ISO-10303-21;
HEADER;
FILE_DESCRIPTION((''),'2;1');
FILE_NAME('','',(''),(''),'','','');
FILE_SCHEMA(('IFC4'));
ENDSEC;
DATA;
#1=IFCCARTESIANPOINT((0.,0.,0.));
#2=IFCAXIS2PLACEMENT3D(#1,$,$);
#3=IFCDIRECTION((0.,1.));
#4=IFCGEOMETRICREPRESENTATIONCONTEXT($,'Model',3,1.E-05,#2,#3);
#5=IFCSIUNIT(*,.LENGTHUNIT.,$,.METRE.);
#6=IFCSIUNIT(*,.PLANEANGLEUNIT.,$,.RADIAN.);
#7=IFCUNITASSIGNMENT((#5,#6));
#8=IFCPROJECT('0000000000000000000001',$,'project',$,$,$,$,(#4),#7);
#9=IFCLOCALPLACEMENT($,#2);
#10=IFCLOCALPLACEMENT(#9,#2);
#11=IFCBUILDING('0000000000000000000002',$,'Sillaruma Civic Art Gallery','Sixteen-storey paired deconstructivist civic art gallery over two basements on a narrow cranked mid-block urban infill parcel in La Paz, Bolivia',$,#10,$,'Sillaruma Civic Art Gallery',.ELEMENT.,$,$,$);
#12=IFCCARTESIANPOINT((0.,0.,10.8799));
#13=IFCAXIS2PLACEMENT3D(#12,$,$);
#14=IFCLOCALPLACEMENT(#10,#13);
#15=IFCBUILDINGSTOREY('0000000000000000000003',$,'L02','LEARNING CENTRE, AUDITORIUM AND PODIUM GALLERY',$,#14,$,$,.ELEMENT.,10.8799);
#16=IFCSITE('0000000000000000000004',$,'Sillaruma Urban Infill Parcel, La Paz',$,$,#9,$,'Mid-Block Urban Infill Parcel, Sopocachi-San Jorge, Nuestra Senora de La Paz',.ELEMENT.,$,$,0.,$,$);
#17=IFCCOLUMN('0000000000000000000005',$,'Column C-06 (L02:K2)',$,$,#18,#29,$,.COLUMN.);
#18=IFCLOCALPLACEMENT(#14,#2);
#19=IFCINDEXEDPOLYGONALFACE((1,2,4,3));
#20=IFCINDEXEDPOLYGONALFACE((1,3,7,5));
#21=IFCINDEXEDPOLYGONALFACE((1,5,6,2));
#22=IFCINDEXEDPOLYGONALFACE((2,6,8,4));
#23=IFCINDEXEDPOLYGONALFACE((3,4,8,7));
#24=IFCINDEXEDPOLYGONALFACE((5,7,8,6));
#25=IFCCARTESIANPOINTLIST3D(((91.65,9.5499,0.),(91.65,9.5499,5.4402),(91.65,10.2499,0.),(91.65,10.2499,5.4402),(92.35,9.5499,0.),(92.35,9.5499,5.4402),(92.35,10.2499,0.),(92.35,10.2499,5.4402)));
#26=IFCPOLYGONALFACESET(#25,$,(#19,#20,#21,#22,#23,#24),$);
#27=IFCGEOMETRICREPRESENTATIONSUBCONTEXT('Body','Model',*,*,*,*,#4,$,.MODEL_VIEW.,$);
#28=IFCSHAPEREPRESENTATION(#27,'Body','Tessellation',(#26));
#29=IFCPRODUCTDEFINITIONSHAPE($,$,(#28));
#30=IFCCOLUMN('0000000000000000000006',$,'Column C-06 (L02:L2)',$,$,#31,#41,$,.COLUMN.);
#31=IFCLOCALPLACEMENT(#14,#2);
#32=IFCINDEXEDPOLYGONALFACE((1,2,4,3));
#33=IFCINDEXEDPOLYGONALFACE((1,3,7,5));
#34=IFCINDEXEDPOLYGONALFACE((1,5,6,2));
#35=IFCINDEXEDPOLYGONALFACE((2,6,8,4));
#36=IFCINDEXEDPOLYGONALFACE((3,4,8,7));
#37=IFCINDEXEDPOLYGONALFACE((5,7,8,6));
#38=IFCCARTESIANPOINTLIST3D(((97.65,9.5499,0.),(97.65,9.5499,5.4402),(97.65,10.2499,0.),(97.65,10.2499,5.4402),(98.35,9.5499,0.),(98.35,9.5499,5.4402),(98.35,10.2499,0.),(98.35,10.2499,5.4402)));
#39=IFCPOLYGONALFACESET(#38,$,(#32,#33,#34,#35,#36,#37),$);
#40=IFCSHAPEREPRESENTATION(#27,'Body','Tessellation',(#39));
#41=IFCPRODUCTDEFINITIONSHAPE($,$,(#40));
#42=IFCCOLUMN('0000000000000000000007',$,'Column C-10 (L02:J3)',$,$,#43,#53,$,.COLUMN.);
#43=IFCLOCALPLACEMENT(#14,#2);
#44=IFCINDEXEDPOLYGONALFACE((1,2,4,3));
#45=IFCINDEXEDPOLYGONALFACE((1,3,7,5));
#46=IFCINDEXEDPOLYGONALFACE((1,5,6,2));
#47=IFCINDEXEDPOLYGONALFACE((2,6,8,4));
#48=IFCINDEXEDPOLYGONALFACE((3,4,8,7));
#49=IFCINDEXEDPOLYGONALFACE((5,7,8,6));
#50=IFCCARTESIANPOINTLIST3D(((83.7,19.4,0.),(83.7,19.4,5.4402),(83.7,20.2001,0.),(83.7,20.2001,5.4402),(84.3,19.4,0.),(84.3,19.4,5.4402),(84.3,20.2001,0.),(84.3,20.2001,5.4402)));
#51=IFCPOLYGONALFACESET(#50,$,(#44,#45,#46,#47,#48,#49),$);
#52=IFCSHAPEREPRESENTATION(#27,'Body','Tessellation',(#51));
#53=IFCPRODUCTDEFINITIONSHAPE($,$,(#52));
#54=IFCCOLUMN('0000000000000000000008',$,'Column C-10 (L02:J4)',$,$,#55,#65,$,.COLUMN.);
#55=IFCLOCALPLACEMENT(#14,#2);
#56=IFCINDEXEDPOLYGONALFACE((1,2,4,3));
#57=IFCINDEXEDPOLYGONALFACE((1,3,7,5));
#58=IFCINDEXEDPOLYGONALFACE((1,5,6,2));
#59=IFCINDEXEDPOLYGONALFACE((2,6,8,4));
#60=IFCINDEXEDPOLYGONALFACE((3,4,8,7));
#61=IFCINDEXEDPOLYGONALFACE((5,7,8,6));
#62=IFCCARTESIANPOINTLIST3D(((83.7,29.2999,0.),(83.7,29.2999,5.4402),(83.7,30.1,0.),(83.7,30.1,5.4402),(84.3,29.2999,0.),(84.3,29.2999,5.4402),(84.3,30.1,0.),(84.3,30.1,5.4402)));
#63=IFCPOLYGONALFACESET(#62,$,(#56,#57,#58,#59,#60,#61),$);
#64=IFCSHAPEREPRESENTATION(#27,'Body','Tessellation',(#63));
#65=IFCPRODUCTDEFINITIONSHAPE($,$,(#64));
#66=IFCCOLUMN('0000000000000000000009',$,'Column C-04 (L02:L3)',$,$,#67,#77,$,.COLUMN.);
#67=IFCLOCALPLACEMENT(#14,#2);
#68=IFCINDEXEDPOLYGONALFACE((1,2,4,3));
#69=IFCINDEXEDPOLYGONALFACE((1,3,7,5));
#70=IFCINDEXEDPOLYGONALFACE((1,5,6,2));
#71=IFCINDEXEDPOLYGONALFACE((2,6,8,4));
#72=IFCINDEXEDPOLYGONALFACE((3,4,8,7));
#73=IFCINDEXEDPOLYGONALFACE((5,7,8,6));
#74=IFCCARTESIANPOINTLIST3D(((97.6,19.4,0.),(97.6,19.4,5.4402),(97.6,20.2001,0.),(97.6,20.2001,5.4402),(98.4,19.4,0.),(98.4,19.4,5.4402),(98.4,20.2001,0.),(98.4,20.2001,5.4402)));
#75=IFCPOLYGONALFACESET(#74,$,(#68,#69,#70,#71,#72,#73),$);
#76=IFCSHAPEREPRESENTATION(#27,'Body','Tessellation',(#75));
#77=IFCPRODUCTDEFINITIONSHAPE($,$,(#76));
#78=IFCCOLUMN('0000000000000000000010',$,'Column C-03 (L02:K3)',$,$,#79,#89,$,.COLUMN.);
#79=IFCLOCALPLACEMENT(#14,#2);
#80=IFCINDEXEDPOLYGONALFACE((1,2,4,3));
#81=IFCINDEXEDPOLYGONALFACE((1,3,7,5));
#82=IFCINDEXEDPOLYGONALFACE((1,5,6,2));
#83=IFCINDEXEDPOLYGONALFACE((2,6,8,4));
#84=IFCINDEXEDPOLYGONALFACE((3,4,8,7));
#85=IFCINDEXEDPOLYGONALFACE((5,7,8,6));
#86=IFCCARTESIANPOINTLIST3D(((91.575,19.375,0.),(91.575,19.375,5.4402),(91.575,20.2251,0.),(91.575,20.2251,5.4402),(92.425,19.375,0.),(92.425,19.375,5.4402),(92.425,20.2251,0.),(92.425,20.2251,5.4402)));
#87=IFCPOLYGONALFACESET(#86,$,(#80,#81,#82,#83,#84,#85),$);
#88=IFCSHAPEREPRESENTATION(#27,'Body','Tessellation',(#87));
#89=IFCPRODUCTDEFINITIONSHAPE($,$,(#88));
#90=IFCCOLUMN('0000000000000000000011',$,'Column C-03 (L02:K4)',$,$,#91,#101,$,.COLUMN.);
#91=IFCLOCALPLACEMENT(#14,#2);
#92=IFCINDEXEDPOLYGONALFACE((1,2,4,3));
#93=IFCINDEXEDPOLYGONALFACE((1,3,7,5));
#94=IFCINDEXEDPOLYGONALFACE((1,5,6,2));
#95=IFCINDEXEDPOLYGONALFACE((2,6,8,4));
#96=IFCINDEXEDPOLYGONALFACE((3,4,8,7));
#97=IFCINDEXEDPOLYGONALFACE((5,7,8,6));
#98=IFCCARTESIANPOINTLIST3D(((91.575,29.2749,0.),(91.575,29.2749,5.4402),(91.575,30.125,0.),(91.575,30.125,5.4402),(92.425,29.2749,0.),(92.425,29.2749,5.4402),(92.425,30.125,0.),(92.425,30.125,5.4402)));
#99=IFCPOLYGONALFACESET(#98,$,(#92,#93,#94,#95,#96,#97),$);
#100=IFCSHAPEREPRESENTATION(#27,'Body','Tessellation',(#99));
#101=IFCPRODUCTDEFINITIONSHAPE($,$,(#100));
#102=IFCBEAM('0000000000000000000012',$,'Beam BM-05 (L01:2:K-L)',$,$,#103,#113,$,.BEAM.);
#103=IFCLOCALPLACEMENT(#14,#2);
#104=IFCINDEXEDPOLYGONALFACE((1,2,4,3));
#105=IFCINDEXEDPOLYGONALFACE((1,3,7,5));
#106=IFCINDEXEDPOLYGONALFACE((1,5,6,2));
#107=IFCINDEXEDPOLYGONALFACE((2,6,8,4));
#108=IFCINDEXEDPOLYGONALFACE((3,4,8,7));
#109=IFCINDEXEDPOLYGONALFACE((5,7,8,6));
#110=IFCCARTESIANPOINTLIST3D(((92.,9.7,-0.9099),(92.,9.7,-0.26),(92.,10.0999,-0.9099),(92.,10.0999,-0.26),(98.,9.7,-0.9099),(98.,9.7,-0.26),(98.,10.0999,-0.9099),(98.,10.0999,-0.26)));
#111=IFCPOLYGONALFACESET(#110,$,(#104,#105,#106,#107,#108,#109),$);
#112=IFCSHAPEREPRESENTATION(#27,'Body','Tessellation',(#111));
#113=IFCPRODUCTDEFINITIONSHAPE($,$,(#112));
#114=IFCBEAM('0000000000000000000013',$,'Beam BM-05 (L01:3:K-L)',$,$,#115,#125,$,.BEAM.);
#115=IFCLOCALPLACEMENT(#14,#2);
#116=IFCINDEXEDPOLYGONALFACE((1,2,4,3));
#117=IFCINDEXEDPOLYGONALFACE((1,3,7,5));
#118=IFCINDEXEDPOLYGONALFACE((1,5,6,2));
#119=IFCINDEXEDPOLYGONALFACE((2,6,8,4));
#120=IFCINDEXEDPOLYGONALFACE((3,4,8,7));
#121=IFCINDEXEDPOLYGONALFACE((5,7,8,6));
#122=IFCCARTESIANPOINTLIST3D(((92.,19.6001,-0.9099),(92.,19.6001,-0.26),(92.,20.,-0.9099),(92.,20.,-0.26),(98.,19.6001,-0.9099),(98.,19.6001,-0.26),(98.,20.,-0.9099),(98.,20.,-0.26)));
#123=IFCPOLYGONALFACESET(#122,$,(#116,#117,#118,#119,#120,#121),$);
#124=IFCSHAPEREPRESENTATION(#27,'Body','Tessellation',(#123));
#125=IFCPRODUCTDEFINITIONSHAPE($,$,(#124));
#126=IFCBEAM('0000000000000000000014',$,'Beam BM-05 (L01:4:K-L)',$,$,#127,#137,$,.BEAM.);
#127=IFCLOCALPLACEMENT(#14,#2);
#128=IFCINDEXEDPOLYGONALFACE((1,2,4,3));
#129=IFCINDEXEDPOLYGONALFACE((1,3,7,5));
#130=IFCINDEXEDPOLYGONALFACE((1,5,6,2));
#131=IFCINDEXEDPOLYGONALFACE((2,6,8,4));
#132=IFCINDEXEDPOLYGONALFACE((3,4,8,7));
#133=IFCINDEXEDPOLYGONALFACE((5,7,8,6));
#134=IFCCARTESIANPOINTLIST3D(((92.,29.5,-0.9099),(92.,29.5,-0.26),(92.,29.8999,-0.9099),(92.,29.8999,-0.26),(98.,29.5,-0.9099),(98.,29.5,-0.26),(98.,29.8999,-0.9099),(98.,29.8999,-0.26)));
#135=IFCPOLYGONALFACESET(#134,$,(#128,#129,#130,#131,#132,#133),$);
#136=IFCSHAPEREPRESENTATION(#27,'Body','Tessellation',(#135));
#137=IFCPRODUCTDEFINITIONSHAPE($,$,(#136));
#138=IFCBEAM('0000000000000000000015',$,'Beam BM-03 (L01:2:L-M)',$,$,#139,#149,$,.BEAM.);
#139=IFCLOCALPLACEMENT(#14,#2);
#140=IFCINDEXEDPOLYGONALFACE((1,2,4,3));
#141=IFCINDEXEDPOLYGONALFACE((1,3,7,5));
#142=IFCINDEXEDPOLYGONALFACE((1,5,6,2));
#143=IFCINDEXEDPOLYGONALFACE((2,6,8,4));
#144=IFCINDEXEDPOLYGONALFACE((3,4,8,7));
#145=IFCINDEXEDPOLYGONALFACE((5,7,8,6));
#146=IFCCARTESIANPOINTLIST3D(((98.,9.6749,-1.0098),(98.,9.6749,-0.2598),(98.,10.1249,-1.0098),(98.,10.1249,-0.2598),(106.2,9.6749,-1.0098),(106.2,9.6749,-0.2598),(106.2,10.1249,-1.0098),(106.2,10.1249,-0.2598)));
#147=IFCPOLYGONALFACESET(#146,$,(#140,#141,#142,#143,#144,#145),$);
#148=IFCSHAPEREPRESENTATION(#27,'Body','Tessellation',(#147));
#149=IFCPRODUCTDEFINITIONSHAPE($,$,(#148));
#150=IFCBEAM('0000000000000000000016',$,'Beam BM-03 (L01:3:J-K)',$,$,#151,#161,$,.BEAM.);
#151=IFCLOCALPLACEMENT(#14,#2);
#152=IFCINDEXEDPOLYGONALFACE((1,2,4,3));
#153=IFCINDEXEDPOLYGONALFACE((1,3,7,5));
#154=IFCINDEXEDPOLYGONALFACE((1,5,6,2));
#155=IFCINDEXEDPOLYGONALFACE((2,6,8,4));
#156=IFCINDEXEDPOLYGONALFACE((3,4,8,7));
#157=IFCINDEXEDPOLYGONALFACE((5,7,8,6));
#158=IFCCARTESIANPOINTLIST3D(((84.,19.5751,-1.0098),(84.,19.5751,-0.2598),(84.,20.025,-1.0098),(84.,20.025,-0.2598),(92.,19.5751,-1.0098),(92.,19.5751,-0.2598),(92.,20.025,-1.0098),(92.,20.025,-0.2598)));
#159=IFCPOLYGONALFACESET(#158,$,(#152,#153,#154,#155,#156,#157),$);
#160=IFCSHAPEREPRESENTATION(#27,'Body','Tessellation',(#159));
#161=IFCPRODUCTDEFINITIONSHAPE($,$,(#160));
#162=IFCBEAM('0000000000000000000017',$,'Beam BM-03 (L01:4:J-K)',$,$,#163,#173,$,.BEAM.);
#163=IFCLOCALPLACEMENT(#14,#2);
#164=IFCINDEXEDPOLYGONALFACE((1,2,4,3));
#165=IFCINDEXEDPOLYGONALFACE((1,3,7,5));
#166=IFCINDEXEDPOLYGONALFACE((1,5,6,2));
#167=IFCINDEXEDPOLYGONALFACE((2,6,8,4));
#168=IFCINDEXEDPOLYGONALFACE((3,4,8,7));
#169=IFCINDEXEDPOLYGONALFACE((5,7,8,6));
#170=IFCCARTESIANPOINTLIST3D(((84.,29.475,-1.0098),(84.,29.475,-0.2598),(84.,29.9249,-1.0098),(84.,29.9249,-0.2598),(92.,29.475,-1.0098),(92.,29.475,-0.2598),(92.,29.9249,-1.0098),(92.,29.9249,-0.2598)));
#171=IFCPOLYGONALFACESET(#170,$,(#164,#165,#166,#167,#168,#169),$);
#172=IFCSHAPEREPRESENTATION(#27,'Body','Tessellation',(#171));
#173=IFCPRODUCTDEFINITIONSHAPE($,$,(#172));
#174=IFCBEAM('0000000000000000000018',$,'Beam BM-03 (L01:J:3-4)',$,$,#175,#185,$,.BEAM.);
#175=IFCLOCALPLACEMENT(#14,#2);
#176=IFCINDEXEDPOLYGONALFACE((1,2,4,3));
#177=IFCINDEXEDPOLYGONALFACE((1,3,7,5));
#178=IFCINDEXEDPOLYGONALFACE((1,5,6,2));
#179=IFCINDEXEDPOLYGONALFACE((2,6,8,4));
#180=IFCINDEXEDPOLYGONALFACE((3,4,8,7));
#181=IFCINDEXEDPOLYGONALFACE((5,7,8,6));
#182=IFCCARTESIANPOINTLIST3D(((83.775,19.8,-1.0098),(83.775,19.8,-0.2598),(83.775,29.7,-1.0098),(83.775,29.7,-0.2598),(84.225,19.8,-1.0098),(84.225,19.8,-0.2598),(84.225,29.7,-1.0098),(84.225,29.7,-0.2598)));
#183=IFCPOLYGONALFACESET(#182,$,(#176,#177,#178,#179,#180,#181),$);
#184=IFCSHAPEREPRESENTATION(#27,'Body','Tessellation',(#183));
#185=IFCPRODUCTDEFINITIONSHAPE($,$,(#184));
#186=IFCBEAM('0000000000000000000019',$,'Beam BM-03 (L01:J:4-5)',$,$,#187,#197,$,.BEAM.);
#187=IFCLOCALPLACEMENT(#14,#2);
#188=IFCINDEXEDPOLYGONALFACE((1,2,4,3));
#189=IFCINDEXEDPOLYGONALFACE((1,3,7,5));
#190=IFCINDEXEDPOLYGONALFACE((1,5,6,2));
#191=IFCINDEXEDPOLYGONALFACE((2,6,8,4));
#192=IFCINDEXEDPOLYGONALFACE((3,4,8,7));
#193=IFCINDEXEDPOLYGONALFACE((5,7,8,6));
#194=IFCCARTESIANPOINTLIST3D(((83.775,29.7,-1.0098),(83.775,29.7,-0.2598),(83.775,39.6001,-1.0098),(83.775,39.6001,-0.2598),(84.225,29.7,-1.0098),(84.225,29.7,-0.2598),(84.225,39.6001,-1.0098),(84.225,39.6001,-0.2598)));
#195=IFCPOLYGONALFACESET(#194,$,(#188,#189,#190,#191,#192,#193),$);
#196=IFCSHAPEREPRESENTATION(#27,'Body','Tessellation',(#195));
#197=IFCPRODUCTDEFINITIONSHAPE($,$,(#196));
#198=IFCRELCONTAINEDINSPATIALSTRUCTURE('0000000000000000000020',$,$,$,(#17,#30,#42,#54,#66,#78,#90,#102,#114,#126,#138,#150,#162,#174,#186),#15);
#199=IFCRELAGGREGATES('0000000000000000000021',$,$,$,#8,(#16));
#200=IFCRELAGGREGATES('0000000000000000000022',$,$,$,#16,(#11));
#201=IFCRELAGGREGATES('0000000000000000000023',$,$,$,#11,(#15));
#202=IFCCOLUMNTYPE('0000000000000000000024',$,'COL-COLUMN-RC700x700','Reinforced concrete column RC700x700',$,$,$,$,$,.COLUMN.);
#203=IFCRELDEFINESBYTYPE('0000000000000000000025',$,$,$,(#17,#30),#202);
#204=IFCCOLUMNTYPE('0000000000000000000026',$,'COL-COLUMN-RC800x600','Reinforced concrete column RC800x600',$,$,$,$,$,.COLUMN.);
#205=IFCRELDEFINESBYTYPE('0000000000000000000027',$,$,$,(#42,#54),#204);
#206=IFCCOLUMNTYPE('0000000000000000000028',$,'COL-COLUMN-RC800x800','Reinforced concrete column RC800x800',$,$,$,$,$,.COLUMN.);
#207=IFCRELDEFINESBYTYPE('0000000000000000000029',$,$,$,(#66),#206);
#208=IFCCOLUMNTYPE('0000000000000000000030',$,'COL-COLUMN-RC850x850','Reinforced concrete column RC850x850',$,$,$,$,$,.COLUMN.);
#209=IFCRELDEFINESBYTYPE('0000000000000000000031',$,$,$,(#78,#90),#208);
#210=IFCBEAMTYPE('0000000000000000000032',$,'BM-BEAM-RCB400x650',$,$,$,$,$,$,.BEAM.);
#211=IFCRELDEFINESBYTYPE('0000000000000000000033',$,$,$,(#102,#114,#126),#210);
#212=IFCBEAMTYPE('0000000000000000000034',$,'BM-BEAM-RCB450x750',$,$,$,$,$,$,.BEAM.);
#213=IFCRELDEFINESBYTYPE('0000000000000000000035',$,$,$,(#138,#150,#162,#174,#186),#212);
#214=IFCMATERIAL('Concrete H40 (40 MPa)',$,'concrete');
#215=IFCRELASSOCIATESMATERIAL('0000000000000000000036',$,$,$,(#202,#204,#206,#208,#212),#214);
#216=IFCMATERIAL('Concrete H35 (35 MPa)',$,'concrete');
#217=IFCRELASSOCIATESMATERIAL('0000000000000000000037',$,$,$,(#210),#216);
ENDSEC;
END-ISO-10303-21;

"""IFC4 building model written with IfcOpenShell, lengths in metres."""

from ifc_helpers import new_model, si_unit, direction, frame, origin, origin_2d, place, context, subcontext, project, spatial, rectangle, extrude, material, material_profile, profile_set, type_object, element, save


model = new_model("IFC4")

# Units and contexts
model_context = context("Model", 3, precision=1e-05, world=origin(), true_north=direction((0.0, 1.0)))
body_context = subcontext(model_context, "Body", "Model", "MODEL_VIEW")
ifc_project = project(units=[si_unit("LENGTHUNIT", "METRE"), si_unit("PLANEANGLEUNIT", "RADIAN")], contexts=[model_context])

# Site, building, storey
site_placement = place(None, origin())
site = spatial("IfcSite", under=ifc_project, at=site_placement, Name="Sillaruma Urban Infill Parcel, La Paz", LongName="Mid-Block Urban Infill Parcel, Sopocachi-San Jorge, Nuestra Senora de La Paz", CompositionType="ELEMENT", RefElevation=0.0)
building_placement = place(site_placement, origin())
building = spatial("IfcBuilding", under=site, at=building_placement, Name="Sillaruma Civic Art Gallery", Description="Sixteen-storey paired deconstructivist civic art gallery over two basements on a narrow cranked mid-block urban infill parcel in La Paz, Bolivia", LongName="Sillaruma Civic Art Gallery", CompositionType="ELEMENT")
storey_placement = place(building_placement, frame((0.0, 0.0, 10.8799)))
storey = spatial("IfcBuildingStorey", under=building, at=storey_placement, Name="L02", Description="LEARNING CENTRE, AUDITORIUM AND PODIUM GALLERY", CompositionType="ELEMENT", Elevation=10.8799)

# Columns
ifc_material_1 = material(Name="Concrete H40 (40 MPa)", Category="concrete")
ifc_material_profile_1 = material_profile(ifc_material_1, rectangle(XDim=0.7, YDim=0.7, at=origin_2d()), Name="RC700x700")
ifc_profile_set_1 = profile_set([ifc_material_profile_1], Name="Concrete H40 (40 MPa)")
column_type_1 = type_object("IfcColumnType", Name="COL-COLUMN-RC700x700", Description="Reinforced concrete column RC700x700", PredefinedType="COLUMN", material=ifc_profile_set_1)
for number, where, z_axis, x_axis, name in (
    (1, (92.0, 9.8999, 0.0), (0.0, 0.0, 1.0), (1.0, 0.0, 0.0), "Column C-06 (L02:K2)"),
    (2, (98.0, 9.8999, 0.0), (0.0, 0.0, 1.0), (1.0, 0.0, 0.0), "Column C-06 (L02:L2)"),
):
    element("IfcColumn", number, at=place(storey_placement, frame(where, z_axis=z_axis, x_axis=x_axis)), inside=storey, type_object=column_type_1, Name=name, PredefinedType="COLUMN", context=body_context, shape_type="SweptSolid", body=[
        extrude(rectangle(XDim=0.7, YDim=0.7, at=origin_2d()), origin(), (0.0, 0.0, 1.0), 5.4402),
    ])
ifc_material_profile_2 = material_profile(ifc_material_1, rectangle(XDim=0.6001, YDim=0.8, at=origin_2d()), Name="RC800x600")
ifc_profile_set_2 = profile_set([ifc_material_profile_2], Name="Concrete H40 (40 MPa)")
column_type_2 = type_object("IfcColumnType", Name="COL-COLUMN-RC800x600", Description="Reinforced concrete column RC800x600", PredefinedType="COLUMN", material=ifc_profile_set_2)
for number, where, z_axis, x_axis, name in (
    (3, (84.0, 19.8, 0.0), (0.0, 0.0, 1.0), (1.0, 0.0, 0.0), "Column C-10 (L02:J3)"),
    (4, (84.0, 29.7, 0.0), (0.0, 0.0, 1.0), (1.0, 0.0, 0.0), "Column C-10 (L02:J4)"),
):
    element("IfcColumn", number, at=place(storey_placement, frame(where, z_axis=z_axis, x_axis=x_axis)), inside=storey, type_object=column_type_2, Name=name, PredefinedType="COLUMN", context=body_context, shape_type="SweptSolid", body=[
        extrude(rectangle(XDim=0.6001, YDim=0.8, at=origin_2d()), origin(), (0.0, 0.0, 1.0), 5.4402),
    ])
ifc_material_profile_3 = material_profile(ifc_material_1, rectangle(XDim=0.8, YDim=0.8, at=origin_2d()), Name="RC800x800")
ifc_profile_set_3 = profile_set([ifc_material_profile_3], Name="Concrete H40 (40 MPa)")
column_type_3 = type_object("IfcColumnType", Name="COL-COLUMN-RC800x800", Description="Reinforced concrete column RC800x800", PredefinedType="COLUMN", material=ifc_profile_set_3)
column_placement = place(storey_placement, frame((98.0, 19.8, 0.0), z_axis=(0.0, 0.0, 1.0), x_axis=(1.0, 0.0, 0.0)))
element("IfcColumn", 5, at=column_placement, inside=storey, type_object=column_type_3, Name="Column C-04 (L02:L3)", PredefinedType="COLUMN", context=body_context, shape_type="SweptSolid", body=[
    extrude(rectangle(XDim=0.8, YDim=0.8, at=origin_2d()), origin(), (0.0, 0.0, 1.0), 5.4402),
])
ifc_material_profile_4 = material_profile(ifc_material_1, rectangle(XDim=0.8501, YDim=0.8501, at=origin_2d()), Name="RC850x850")
ifc_profile_set_4 = profile_set([ifc_material_profile_4], Name="Concrete H40 (40 MPa)")
column_type_4 = type_object("IfcColumnType", Name="COL-COLUMN-RC850x850", Description="Reinforced concrete column RC850x850", PredefinedType="COLUMN", material=ifc_profile_set_4)
for number, where, z_axis, x_axis, name in (
    (6, (92.0, 19.8, 0.0), (0.0, 0.0, 1.0), (1.0, 0.0, 0.0), "Column C-03 (L02:K3)"),
    (7, (92.0, 29.7, 0.0), (0.0, 0.0, 1.0), (1.0, 0.0, 0.0), "Column C-03 (L02:K4)"),
):
    element("IfcColumn", number, at=place(storey_placement, frame(where, z_axis=z_axis, x_axis=x_axis)), inside=storey, type_object=column_type_4, Name=name, PredefinedType="COLUMN", context=body_context, shape_type="SweptSolid", body=[
        extrude(rectangle(XDim=0.8501, YDim=0.8501, at=origin_2d()), origin(), (0.0, 0.0, 1.0), 5.4402),
    ])

# Beams
ifc_material_2 = material(Name="Concrete H35 (35 MPa)", Category="concrete")
ifc_material_profile_5 = material_profile(ifc_material_2, rectangle(XDim=0.3999, YDim=0.6499, at=origin_2d()), Name="RCB400x650")
ifc_profile_set_5 = profile_set([ifc_material_profile_5], Name="Concrete H35 (35 MPa)")
beam_type_1 = type_object("IfcBeamType", Name="BM-BEAM-RCB400x650", PredefinedType="BEAM", material=ifc_profile_set_5)
for number, where, z_axis, x_axis, name in (
    (8, (92.0, 9.8999, -0.585), (1.0, 0.0, 0.0), (0.0, 1.0, 0.0), "Beam BM-05 (L01:2:K-L)"),
    (9, (92.0, 19.8, -0.585), (1.0, 0.0, 0.0), (0.0, 1.0, 0.0), "Beam BM-05 (L01:3:K-L)"),
    (10, (92.0, 29.7, -0.585), (1.0, 0.0, 0.0), (0.0, 1.0, 0.0), "Beam BM-05 (L01:4:K-L)"),
):
    element("IfcBeam", number, at=place(storey_placement, frame(where, z_axis=z_axis, x_axis=x_axis)), inside=storey, type_object=beam_type_1, Name=name, PredefinedType="BEAM", context=body_context, shape_type="SweptSolid", body=[
        extrude(rectangle(XDim=0.3999, YDim=0.6499, at=origin_2d()), origin(), (0.0, 0.0, 1.0), 6.0),
    ])
ifc_material_profile_6 = material_profile(ifc_material_1, rectangle(XDim=0.45, YDim=0.75, at=origin_2d()), Name="RCB450x750")
ifc_profile_set_6 = profile_set([ifc_material_profile_6], Name="Concrete H40 (40 MPa)")
beam_type_2 = type_object("IfcBeamType", Name="BM-BEAM-RCB450x750", PredefinedType="BEAM", material=ifc_profile_set_6)
beam_1_placement = place(storey_placement, frame((98.0, 9.8999, -0.6348), z_axis=(1.0, 0.0, 0.0), x_axis=(0.0, 1.0, 0.0)))
element("IfcBeam", 11, at=beam_1_placement, inside=storey, type_object=beam_type_2, Name="Beam BM-03 (L01:2:L-M)", PredefinedType="BEAM", context=body_context, shape_type="SweptSolid", body=[
    extrude(rectangle(XDim=0.45, YDim=0.75, at=origin_2d()), origin(), (0.0, 0.0, 1.0), 8.2),
])
for number, where, z_axis, x_axis, name in (
    (12, (84.0, 19.8, -0.6348), (1.0, 0.0, 0.0), (0.0, 1.0, 0.0), "Beam BM-03 (L01:3:J-K)"),
    (13, (84.0, 29.7, -0.6348), (1.0, 0.0, 0.0), (0.0, 1.0, 0.0), "Beam BM-03 (L01:4:J-K)"),
):
    element("IfcBeam", number, at=place(storey_placement, frame(where, z_axis=z_axis, x_axis=x_axis)), inside=storey, type_object=beam_type_2, Name=name, PredefinedType="BEAM", context=body_context, shape_type="SweptSolid", body=[
        extrude(rectangle(XDim=0.45, YDim=0.75, at=origin_2d()), origin(), (0.0, 0.0, 1.0), 8.0),
    ])
beam_2_placement = place(storey_placement, frame((84.0, 19.8, -0.6348), z_axis=(0.0, 1.0, 0.0), x_axis=(-1.0, 0.0, 0.0)))
element("IfcBeam", 14, at=beam_2_placement, inside=storey, type_object=beam_type_2, Name="Beam BM-03 (L01:J:3-4)", PredefinedType="BEAM", context=body_context, shape_type="SweptSolid", body=[
    extrude(rectangle(XDim=0.45, YDim=0.75, at=origin_2d()), origin(), (0.0, 0.0, 1.0), 9.8999),
])
beam_3_placement = place(storey_placement, frame((84.0, 29.7, -0.6348), z_axis=(0.0, 1.0, 0.0), x_axis=(-1.0, 0.0, 0.0)))
element("IfcBeam", 15, at=beam_3_placement, inside=storey, type_object=beam_type_2, Name="Beam BM-03 (L01:J:4-5)", PredefinedType="BEAM", context=body_context, shape_type="SweptSolid", body=[
    extrude(rectangle(XDim=0.45, YDim=0.75, at=origin_2d()), origin(), (0.0, 0.0, 1.0), 9.9001),
])

save(model, "model.ifc")
